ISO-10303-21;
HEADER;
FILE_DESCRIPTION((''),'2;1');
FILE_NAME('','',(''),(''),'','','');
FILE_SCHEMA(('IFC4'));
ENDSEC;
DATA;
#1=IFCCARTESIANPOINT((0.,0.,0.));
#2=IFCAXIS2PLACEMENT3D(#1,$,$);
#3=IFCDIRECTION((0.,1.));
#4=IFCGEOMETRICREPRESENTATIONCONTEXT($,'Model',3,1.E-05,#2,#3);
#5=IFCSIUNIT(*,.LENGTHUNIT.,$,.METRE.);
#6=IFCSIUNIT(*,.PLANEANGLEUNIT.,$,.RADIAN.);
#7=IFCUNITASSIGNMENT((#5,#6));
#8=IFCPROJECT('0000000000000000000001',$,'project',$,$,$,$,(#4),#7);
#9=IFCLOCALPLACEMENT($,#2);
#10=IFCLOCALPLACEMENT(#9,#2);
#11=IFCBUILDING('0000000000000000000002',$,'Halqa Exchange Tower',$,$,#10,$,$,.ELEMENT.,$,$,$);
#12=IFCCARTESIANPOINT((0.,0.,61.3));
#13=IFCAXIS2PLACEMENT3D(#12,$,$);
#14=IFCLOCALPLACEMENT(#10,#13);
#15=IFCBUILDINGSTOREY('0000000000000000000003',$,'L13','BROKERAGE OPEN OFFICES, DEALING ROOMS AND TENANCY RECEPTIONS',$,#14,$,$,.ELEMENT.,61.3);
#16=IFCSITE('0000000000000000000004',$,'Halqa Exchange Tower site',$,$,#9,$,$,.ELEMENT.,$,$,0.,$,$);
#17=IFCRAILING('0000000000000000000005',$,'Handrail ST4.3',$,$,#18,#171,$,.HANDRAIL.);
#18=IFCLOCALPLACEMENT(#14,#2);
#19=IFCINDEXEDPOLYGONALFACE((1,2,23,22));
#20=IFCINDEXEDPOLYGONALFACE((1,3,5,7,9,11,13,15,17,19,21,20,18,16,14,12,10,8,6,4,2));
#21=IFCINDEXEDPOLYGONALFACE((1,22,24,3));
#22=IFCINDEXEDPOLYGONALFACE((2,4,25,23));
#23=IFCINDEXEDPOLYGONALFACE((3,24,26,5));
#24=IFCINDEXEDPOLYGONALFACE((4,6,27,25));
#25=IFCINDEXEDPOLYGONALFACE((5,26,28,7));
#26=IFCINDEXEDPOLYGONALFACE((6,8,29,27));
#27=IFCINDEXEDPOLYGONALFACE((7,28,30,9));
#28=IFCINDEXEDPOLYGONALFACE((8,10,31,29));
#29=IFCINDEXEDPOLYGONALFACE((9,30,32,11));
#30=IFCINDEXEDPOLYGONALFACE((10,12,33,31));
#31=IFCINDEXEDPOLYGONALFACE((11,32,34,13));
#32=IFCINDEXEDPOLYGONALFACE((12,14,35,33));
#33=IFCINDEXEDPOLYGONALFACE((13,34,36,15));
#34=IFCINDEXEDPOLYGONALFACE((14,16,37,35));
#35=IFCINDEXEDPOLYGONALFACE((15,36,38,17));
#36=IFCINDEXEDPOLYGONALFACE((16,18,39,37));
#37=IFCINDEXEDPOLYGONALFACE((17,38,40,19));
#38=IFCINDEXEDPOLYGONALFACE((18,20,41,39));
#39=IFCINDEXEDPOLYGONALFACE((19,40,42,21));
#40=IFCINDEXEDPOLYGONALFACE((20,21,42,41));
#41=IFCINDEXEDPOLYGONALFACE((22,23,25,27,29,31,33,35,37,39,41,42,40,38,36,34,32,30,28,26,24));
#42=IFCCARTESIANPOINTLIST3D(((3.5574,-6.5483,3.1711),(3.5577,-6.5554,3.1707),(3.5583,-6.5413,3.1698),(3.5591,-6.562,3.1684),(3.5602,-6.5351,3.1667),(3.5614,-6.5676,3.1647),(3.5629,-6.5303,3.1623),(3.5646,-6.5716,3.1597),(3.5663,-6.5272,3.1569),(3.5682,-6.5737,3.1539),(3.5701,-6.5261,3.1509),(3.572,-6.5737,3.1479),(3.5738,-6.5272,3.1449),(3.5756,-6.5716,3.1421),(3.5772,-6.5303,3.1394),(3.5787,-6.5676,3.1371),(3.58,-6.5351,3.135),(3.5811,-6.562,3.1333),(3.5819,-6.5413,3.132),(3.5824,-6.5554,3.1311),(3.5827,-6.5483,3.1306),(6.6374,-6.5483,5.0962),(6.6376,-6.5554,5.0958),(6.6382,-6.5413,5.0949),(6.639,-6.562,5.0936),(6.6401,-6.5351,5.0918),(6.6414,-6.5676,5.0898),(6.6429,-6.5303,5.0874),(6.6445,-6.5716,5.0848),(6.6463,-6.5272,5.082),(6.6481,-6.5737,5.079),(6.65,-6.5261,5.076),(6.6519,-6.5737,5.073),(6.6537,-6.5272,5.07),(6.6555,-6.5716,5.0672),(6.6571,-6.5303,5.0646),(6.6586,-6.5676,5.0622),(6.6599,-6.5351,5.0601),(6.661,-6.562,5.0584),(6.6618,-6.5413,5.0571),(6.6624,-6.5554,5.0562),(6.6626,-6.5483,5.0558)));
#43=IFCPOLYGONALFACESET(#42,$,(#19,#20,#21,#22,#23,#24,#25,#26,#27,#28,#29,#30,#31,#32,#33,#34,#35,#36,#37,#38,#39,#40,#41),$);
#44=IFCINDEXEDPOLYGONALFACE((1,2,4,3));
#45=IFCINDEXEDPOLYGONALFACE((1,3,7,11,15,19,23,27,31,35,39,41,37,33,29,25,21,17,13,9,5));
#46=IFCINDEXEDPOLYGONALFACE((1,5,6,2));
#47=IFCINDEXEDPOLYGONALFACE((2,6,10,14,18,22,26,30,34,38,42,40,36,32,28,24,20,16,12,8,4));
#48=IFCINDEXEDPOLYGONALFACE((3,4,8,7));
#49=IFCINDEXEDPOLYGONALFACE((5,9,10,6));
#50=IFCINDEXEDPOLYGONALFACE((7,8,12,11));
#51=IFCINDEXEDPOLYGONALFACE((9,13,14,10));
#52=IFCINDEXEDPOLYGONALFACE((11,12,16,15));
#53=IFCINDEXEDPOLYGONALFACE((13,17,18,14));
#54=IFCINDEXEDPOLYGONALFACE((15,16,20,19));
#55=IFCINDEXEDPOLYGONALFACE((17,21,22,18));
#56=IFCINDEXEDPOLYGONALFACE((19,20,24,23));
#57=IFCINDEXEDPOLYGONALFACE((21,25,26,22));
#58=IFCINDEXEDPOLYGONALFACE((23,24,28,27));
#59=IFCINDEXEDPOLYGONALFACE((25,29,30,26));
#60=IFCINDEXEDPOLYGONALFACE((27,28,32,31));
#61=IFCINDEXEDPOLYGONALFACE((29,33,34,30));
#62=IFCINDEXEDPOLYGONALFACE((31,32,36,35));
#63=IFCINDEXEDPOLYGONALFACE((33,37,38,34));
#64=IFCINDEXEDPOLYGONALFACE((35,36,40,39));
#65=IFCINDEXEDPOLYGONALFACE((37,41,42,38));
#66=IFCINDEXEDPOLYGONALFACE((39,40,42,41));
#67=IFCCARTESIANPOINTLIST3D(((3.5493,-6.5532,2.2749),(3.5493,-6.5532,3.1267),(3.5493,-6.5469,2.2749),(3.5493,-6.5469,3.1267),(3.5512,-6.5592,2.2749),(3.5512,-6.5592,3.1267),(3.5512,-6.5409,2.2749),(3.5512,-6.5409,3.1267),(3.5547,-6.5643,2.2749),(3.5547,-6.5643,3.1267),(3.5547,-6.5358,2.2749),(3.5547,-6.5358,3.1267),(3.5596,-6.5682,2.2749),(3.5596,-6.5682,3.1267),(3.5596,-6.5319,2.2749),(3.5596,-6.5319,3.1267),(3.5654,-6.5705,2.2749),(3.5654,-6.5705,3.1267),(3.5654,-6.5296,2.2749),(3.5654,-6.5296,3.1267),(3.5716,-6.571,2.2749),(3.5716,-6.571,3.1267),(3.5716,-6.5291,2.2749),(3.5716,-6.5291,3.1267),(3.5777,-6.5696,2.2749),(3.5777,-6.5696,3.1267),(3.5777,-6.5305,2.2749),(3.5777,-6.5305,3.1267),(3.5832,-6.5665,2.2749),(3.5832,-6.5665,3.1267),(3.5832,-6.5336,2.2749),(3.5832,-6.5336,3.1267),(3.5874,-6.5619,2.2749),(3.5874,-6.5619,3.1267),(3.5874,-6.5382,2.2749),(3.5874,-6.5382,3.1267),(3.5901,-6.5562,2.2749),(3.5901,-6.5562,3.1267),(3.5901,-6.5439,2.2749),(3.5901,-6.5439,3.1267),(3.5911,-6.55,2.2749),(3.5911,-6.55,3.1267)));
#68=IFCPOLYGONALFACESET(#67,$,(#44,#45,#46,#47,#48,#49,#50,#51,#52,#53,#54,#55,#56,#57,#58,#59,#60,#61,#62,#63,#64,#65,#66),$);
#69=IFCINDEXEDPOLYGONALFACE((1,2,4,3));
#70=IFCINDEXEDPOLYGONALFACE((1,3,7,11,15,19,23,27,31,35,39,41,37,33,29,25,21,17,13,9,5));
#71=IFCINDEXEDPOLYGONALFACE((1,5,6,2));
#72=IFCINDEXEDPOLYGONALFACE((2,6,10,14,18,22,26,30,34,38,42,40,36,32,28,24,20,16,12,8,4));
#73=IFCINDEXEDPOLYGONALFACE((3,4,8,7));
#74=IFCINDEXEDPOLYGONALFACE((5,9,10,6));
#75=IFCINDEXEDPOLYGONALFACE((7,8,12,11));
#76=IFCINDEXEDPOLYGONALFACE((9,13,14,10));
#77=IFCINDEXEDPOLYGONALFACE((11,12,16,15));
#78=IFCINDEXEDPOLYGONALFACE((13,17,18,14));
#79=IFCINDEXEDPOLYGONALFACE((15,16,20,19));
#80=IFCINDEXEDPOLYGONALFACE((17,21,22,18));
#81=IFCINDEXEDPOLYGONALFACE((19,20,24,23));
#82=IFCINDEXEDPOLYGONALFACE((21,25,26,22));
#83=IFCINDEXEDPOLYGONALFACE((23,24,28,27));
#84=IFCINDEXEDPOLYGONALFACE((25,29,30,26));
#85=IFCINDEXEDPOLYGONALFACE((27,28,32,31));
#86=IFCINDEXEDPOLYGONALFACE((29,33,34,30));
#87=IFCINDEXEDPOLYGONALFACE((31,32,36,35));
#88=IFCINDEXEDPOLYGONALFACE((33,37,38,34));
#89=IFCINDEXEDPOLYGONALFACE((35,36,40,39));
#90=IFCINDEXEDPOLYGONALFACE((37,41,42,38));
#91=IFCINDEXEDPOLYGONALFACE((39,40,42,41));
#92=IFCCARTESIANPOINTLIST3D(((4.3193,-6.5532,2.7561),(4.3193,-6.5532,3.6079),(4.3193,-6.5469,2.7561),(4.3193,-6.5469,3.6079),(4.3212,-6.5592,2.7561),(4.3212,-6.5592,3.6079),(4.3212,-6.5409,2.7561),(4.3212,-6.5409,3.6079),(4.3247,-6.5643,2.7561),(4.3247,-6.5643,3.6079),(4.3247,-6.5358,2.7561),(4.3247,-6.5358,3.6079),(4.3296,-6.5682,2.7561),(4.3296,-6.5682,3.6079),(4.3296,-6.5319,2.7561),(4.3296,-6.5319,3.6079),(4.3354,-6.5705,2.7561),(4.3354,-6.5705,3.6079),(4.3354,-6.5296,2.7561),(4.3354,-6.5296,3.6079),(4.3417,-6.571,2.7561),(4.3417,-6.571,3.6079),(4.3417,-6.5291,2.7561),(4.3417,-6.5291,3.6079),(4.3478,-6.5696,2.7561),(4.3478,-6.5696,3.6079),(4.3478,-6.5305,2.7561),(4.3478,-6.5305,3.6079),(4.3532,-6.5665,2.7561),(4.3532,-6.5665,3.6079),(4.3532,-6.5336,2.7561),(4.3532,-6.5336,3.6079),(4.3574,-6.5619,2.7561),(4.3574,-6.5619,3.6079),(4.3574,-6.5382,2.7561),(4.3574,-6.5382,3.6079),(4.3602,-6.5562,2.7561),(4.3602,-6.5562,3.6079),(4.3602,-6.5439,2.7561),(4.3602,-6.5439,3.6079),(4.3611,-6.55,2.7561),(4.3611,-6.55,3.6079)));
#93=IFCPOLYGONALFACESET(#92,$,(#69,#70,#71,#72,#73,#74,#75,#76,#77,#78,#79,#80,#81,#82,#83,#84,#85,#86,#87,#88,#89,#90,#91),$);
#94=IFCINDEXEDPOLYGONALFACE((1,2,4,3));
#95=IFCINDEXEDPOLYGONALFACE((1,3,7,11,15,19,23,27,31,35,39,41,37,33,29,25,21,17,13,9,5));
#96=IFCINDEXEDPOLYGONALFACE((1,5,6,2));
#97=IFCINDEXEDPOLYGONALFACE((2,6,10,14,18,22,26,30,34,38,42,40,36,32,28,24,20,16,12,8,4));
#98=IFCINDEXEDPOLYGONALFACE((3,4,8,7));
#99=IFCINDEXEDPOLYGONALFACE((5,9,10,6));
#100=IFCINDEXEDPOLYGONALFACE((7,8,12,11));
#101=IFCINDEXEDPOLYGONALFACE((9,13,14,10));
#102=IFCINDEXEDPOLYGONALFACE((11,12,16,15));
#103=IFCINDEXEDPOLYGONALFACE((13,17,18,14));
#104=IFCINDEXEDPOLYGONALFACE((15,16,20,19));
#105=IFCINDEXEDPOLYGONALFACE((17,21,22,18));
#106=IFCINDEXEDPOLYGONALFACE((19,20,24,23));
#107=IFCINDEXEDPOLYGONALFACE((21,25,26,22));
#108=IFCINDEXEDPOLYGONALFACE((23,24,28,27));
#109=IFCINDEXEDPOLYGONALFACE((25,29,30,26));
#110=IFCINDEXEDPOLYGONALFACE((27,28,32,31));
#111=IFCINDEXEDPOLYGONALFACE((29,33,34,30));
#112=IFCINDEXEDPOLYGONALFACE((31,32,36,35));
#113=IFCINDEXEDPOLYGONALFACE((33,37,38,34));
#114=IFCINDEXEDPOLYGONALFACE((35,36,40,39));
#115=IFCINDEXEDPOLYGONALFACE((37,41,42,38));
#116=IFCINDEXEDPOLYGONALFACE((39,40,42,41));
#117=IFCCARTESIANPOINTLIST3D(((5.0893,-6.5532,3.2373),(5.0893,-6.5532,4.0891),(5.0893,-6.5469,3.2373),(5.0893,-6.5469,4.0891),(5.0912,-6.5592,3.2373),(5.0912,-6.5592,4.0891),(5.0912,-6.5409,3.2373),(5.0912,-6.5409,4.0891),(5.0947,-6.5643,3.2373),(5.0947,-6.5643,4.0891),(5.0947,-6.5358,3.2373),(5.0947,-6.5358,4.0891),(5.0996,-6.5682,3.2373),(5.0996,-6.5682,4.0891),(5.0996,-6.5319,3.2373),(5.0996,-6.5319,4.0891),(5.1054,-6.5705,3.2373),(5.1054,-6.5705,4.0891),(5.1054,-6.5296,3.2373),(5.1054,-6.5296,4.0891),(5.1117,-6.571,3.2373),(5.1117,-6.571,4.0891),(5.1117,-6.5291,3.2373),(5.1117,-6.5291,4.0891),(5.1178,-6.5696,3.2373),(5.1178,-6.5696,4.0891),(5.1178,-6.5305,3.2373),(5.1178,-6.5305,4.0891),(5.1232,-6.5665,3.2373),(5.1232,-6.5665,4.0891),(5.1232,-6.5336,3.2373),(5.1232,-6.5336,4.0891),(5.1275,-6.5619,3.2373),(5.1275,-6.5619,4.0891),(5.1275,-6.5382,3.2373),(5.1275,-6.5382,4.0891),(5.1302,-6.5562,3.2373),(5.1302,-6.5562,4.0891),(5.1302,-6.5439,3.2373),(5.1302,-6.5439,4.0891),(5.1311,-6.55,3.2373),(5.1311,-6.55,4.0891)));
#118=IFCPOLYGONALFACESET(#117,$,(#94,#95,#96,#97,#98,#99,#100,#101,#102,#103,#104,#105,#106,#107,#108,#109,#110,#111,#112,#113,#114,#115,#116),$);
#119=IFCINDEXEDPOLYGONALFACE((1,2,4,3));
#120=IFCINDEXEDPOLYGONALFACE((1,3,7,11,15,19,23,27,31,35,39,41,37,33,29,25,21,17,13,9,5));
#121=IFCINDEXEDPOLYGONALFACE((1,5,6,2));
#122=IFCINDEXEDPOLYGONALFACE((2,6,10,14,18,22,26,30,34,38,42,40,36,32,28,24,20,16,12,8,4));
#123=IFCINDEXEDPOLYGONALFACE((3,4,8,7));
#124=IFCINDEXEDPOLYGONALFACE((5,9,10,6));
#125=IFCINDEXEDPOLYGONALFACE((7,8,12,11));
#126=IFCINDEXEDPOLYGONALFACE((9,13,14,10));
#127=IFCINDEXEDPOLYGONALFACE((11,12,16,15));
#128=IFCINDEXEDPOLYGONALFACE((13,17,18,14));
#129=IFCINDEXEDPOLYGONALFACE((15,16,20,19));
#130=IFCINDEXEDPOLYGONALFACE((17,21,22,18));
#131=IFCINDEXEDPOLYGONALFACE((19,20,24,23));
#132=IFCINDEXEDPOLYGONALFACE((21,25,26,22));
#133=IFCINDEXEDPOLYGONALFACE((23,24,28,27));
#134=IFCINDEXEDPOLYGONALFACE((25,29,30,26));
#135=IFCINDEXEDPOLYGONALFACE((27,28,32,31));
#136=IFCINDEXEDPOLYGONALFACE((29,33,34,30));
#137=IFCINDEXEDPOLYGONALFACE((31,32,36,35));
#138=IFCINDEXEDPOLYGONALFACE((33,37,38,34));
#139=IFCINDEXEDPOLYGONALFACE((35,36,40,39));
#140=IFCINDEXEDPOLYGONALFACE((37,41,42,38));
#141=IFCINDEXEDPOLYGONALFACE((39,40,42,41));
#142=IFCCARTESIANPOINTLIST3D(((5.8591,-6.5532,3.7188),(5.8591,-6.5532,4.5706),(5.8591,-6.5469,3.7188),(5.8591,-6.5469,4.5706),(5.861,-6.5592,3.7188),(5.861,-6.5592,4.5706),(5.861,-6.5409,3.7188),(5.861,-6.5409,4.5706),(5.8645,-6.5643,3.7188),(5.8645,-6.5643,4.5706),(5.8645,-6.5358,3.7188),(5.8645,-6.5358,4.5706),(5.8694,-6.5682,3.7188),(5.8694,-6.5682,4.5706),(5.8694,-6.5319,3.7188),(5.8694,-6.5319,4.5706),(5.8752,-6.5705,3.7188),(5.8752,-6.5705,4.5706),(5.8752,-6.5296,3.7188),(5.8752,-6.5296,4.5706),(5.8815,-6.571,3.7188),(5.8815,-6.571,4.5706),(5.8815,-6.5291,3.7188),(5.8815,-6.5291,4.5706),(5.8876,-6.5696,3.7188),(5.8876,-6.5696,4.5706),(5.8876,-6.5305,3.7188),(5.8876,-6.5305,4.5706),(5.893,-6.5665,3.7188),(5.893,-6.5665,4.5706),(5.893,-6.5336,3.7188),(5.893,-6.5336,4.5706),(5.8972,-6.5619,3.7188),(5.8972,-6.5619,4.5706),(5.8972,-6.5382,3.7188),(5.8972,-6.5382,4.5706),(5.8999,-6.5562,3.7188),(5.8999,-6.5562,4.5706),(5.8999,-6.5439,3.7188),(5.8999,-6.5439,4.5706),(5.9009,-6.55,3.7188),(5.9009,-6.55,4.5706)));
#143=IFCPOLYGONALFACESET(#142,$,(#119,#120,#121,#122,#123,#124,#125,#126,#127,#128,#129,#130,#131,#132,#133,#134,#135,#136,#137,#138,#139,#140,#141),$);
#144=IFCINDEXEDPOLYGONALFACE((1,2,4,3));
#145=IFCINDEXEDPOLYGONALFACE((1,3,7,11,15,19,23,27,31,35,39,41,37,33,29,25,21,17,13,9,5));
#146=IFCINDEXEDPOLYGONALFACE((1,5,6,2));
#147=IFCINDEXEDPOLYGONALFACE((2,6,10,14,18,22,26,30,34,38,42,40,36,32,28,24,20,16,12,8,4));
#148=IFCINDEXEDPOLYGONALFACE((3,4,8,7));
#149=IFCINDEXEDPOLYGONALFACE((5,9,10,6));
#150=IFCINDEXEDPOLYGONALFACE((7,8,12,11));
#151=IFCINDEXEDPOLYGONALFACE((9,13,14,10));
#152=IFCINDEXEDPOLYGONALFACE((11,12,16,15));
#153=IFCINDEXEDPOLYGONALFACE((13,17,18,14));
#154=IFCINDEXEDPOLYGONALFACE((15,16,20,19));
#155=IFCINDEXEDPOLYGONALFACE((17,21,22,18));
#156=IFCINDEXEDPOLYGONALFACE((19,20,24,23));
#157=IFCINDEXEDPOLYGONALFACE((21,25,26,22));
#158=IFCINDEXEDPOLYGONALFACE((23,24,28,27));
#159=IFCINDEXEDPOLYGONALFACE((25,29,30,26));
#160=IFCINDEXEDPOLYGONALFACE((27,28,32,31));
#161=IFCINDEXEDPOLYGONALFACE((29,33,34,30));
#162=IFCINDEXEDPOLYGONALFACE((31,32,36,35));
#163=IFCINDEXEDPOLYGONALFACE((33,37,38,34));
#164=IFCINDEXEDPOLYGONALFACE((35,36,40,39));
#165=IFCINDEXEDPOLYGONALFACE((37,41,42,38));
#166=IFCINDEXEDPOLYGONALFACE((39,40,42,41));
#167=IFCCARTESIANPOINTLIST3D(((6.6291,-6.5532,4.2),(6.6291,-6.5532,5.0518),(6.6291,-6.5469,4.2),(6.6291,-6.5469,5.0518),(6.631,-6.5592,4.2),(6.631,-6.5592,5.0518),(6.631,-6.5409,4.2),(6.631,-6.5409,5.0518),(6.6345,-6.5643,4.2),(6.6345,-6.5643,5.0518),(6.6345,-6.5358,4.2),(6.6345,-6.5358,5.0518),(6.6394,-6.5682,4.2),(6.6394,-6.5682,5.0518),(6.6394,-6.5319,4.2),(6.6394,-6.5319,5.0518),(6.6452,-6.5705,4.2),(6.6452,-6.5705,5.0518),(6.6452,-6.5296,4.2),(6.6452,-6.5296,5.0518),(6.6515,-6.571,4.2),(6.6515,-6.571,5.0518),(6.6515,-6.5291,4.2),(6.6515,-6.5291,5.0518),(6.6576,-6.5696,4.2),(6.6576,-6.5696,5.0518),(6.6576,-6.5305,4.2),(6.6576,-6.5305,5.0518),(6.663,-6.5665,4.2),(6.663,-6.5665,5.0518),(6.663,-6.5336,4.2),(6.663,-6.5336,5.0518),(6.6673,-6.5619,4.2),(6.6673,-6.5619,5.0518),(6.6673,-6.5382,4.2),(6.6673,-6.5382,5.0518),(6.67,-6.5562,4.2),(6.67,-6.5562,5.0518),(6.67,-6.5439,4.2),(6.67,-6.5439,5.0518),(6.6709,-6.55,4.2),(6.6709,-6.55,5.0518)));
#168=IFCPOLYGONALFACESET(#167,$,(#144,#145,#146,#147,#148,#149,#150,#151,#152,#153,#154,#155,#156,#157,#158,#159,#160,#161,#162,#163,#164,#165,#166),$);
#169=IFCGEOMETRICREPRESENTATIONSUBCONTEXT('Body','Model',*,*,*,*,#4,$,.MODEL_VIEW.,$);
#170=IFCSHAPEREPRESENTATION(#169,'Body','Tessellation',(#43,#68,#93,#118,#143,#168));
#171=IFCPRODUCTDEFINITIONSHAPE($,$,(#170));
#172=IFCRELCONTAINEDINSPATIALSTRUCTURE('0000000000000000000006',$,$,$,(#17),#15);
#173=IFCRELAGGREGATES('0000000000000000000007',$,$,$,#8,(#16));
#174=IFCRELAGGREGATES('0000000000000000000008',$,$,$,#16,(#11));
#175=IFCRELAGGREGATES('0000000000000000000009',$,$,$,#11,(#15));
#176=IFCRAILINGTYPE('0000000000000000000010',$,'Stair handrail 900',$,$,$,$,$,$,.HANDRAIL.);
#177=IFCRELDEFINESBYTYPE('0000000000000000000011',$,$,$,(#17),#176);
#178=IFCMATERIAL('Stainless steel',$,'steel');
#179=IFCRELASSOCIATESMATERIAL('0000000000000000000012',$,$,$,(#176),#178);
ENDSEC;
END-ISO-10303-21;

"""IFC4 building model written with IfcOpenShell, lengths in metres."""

from ifc_helpers import new_model, si_unit, direction, frame, origin, origin_2d, place, context, subcontext, project, spatial, circle, extrude, material, type_object, element, save


model = new_model("IFC4")

# Units and contexts
model_context = context("Model", 3, precision=1e-05, world=origin(), true_north=direction((0.0, 1.0)))
body_context = subcontext(model_context, "Body", "Model", "MODEL_VIEW")
ifc_project = project(units=[si_unit("LENGTHUNIT", "METRE"), si_unit("PLANEANGLEUNIT", "RADIAN")], contexts=[model_context])

# Site, building, storey
site_placement = place(None, origin())
site = spatial("IfcSite", under=ifc_project, at=site_placement, Name="Halqa Exchange Tower site", CompositionType="ELEMENT", RefElevation=0.0)
building_placement = place(site_placement, origin())
building = spatial("IfcBuilding", under=site, at=building_placement, Name="Halqa Exchange Tower", CompositionType="ELEMENT")
storey_placement = place(building_placement, frame((0.0, 0.0, 61.3)))
storey = spatial("IfcBuildingStorey", under=building, at=storey_placement, Name="L13", Description="BROKERAGE OPEN OFFICES, DEALING ROOMS AND TENANCY RECEPTIONS", CompositionType="ELEMENT", Elevation=61.3)

# Railing
ifc_material_1 = material(Name="Stainless steel", Category="steel")
railing_type_1 = type_object("IfcRailingType", Name="Stair handrail 900", PredefinedType="HANDRAIL", material=ifc_material_1)
railing_1_placement = place(storey_placement, frame((3.5701, -6.55, 2.2749)))
element("IfcRailing", 1, at=railing_1_placement, inside=storey, type_object=railing_type_1, Name="Handrail ST4.3", PredefinedType="HANDRAIL", context=body_context, shape_type="SweptSolid", body=[
    extrude(circle(Radius=0.0239, at=origin_2d()), frame((0.0, 0.0, 0.876), z_axis=(0.847979, 0.0, 0.530029), x_axis=(0.0, 1.0, 0.0)), (0.0, 0.0, 1.0), 3.6321),
    extrude(circle(Radius=0.021, at=origin_2d()), origin(), (0.0, 0.0, 1.0), 0.8518),
    extrude(circle(Radius=0.021, at=origin_2d()), frame((0.77, 0.0, 0.4812)), (0.0, 0.0, 1.0), 0.8518),
    extrude(circle(Radius=0.021, at=origin_2d()), frame((1.54, 0.0, 0.9624)), (0.0, 0.0, 1.0), 0.8518),
    extrude(circle(Radius=0.021, at=origin_2d()), frame((2.3098, 0.0, 1.4438)), (0.0, 0.0, 1.0), 0.8518),
    extrude(circle(Radius=0.021, at=origin_2d()), frame((3.0798, 0.0, 1.925)), (0.0, 0.0, 1.0), 0.8518),
])

save(model, "model.ifc")
